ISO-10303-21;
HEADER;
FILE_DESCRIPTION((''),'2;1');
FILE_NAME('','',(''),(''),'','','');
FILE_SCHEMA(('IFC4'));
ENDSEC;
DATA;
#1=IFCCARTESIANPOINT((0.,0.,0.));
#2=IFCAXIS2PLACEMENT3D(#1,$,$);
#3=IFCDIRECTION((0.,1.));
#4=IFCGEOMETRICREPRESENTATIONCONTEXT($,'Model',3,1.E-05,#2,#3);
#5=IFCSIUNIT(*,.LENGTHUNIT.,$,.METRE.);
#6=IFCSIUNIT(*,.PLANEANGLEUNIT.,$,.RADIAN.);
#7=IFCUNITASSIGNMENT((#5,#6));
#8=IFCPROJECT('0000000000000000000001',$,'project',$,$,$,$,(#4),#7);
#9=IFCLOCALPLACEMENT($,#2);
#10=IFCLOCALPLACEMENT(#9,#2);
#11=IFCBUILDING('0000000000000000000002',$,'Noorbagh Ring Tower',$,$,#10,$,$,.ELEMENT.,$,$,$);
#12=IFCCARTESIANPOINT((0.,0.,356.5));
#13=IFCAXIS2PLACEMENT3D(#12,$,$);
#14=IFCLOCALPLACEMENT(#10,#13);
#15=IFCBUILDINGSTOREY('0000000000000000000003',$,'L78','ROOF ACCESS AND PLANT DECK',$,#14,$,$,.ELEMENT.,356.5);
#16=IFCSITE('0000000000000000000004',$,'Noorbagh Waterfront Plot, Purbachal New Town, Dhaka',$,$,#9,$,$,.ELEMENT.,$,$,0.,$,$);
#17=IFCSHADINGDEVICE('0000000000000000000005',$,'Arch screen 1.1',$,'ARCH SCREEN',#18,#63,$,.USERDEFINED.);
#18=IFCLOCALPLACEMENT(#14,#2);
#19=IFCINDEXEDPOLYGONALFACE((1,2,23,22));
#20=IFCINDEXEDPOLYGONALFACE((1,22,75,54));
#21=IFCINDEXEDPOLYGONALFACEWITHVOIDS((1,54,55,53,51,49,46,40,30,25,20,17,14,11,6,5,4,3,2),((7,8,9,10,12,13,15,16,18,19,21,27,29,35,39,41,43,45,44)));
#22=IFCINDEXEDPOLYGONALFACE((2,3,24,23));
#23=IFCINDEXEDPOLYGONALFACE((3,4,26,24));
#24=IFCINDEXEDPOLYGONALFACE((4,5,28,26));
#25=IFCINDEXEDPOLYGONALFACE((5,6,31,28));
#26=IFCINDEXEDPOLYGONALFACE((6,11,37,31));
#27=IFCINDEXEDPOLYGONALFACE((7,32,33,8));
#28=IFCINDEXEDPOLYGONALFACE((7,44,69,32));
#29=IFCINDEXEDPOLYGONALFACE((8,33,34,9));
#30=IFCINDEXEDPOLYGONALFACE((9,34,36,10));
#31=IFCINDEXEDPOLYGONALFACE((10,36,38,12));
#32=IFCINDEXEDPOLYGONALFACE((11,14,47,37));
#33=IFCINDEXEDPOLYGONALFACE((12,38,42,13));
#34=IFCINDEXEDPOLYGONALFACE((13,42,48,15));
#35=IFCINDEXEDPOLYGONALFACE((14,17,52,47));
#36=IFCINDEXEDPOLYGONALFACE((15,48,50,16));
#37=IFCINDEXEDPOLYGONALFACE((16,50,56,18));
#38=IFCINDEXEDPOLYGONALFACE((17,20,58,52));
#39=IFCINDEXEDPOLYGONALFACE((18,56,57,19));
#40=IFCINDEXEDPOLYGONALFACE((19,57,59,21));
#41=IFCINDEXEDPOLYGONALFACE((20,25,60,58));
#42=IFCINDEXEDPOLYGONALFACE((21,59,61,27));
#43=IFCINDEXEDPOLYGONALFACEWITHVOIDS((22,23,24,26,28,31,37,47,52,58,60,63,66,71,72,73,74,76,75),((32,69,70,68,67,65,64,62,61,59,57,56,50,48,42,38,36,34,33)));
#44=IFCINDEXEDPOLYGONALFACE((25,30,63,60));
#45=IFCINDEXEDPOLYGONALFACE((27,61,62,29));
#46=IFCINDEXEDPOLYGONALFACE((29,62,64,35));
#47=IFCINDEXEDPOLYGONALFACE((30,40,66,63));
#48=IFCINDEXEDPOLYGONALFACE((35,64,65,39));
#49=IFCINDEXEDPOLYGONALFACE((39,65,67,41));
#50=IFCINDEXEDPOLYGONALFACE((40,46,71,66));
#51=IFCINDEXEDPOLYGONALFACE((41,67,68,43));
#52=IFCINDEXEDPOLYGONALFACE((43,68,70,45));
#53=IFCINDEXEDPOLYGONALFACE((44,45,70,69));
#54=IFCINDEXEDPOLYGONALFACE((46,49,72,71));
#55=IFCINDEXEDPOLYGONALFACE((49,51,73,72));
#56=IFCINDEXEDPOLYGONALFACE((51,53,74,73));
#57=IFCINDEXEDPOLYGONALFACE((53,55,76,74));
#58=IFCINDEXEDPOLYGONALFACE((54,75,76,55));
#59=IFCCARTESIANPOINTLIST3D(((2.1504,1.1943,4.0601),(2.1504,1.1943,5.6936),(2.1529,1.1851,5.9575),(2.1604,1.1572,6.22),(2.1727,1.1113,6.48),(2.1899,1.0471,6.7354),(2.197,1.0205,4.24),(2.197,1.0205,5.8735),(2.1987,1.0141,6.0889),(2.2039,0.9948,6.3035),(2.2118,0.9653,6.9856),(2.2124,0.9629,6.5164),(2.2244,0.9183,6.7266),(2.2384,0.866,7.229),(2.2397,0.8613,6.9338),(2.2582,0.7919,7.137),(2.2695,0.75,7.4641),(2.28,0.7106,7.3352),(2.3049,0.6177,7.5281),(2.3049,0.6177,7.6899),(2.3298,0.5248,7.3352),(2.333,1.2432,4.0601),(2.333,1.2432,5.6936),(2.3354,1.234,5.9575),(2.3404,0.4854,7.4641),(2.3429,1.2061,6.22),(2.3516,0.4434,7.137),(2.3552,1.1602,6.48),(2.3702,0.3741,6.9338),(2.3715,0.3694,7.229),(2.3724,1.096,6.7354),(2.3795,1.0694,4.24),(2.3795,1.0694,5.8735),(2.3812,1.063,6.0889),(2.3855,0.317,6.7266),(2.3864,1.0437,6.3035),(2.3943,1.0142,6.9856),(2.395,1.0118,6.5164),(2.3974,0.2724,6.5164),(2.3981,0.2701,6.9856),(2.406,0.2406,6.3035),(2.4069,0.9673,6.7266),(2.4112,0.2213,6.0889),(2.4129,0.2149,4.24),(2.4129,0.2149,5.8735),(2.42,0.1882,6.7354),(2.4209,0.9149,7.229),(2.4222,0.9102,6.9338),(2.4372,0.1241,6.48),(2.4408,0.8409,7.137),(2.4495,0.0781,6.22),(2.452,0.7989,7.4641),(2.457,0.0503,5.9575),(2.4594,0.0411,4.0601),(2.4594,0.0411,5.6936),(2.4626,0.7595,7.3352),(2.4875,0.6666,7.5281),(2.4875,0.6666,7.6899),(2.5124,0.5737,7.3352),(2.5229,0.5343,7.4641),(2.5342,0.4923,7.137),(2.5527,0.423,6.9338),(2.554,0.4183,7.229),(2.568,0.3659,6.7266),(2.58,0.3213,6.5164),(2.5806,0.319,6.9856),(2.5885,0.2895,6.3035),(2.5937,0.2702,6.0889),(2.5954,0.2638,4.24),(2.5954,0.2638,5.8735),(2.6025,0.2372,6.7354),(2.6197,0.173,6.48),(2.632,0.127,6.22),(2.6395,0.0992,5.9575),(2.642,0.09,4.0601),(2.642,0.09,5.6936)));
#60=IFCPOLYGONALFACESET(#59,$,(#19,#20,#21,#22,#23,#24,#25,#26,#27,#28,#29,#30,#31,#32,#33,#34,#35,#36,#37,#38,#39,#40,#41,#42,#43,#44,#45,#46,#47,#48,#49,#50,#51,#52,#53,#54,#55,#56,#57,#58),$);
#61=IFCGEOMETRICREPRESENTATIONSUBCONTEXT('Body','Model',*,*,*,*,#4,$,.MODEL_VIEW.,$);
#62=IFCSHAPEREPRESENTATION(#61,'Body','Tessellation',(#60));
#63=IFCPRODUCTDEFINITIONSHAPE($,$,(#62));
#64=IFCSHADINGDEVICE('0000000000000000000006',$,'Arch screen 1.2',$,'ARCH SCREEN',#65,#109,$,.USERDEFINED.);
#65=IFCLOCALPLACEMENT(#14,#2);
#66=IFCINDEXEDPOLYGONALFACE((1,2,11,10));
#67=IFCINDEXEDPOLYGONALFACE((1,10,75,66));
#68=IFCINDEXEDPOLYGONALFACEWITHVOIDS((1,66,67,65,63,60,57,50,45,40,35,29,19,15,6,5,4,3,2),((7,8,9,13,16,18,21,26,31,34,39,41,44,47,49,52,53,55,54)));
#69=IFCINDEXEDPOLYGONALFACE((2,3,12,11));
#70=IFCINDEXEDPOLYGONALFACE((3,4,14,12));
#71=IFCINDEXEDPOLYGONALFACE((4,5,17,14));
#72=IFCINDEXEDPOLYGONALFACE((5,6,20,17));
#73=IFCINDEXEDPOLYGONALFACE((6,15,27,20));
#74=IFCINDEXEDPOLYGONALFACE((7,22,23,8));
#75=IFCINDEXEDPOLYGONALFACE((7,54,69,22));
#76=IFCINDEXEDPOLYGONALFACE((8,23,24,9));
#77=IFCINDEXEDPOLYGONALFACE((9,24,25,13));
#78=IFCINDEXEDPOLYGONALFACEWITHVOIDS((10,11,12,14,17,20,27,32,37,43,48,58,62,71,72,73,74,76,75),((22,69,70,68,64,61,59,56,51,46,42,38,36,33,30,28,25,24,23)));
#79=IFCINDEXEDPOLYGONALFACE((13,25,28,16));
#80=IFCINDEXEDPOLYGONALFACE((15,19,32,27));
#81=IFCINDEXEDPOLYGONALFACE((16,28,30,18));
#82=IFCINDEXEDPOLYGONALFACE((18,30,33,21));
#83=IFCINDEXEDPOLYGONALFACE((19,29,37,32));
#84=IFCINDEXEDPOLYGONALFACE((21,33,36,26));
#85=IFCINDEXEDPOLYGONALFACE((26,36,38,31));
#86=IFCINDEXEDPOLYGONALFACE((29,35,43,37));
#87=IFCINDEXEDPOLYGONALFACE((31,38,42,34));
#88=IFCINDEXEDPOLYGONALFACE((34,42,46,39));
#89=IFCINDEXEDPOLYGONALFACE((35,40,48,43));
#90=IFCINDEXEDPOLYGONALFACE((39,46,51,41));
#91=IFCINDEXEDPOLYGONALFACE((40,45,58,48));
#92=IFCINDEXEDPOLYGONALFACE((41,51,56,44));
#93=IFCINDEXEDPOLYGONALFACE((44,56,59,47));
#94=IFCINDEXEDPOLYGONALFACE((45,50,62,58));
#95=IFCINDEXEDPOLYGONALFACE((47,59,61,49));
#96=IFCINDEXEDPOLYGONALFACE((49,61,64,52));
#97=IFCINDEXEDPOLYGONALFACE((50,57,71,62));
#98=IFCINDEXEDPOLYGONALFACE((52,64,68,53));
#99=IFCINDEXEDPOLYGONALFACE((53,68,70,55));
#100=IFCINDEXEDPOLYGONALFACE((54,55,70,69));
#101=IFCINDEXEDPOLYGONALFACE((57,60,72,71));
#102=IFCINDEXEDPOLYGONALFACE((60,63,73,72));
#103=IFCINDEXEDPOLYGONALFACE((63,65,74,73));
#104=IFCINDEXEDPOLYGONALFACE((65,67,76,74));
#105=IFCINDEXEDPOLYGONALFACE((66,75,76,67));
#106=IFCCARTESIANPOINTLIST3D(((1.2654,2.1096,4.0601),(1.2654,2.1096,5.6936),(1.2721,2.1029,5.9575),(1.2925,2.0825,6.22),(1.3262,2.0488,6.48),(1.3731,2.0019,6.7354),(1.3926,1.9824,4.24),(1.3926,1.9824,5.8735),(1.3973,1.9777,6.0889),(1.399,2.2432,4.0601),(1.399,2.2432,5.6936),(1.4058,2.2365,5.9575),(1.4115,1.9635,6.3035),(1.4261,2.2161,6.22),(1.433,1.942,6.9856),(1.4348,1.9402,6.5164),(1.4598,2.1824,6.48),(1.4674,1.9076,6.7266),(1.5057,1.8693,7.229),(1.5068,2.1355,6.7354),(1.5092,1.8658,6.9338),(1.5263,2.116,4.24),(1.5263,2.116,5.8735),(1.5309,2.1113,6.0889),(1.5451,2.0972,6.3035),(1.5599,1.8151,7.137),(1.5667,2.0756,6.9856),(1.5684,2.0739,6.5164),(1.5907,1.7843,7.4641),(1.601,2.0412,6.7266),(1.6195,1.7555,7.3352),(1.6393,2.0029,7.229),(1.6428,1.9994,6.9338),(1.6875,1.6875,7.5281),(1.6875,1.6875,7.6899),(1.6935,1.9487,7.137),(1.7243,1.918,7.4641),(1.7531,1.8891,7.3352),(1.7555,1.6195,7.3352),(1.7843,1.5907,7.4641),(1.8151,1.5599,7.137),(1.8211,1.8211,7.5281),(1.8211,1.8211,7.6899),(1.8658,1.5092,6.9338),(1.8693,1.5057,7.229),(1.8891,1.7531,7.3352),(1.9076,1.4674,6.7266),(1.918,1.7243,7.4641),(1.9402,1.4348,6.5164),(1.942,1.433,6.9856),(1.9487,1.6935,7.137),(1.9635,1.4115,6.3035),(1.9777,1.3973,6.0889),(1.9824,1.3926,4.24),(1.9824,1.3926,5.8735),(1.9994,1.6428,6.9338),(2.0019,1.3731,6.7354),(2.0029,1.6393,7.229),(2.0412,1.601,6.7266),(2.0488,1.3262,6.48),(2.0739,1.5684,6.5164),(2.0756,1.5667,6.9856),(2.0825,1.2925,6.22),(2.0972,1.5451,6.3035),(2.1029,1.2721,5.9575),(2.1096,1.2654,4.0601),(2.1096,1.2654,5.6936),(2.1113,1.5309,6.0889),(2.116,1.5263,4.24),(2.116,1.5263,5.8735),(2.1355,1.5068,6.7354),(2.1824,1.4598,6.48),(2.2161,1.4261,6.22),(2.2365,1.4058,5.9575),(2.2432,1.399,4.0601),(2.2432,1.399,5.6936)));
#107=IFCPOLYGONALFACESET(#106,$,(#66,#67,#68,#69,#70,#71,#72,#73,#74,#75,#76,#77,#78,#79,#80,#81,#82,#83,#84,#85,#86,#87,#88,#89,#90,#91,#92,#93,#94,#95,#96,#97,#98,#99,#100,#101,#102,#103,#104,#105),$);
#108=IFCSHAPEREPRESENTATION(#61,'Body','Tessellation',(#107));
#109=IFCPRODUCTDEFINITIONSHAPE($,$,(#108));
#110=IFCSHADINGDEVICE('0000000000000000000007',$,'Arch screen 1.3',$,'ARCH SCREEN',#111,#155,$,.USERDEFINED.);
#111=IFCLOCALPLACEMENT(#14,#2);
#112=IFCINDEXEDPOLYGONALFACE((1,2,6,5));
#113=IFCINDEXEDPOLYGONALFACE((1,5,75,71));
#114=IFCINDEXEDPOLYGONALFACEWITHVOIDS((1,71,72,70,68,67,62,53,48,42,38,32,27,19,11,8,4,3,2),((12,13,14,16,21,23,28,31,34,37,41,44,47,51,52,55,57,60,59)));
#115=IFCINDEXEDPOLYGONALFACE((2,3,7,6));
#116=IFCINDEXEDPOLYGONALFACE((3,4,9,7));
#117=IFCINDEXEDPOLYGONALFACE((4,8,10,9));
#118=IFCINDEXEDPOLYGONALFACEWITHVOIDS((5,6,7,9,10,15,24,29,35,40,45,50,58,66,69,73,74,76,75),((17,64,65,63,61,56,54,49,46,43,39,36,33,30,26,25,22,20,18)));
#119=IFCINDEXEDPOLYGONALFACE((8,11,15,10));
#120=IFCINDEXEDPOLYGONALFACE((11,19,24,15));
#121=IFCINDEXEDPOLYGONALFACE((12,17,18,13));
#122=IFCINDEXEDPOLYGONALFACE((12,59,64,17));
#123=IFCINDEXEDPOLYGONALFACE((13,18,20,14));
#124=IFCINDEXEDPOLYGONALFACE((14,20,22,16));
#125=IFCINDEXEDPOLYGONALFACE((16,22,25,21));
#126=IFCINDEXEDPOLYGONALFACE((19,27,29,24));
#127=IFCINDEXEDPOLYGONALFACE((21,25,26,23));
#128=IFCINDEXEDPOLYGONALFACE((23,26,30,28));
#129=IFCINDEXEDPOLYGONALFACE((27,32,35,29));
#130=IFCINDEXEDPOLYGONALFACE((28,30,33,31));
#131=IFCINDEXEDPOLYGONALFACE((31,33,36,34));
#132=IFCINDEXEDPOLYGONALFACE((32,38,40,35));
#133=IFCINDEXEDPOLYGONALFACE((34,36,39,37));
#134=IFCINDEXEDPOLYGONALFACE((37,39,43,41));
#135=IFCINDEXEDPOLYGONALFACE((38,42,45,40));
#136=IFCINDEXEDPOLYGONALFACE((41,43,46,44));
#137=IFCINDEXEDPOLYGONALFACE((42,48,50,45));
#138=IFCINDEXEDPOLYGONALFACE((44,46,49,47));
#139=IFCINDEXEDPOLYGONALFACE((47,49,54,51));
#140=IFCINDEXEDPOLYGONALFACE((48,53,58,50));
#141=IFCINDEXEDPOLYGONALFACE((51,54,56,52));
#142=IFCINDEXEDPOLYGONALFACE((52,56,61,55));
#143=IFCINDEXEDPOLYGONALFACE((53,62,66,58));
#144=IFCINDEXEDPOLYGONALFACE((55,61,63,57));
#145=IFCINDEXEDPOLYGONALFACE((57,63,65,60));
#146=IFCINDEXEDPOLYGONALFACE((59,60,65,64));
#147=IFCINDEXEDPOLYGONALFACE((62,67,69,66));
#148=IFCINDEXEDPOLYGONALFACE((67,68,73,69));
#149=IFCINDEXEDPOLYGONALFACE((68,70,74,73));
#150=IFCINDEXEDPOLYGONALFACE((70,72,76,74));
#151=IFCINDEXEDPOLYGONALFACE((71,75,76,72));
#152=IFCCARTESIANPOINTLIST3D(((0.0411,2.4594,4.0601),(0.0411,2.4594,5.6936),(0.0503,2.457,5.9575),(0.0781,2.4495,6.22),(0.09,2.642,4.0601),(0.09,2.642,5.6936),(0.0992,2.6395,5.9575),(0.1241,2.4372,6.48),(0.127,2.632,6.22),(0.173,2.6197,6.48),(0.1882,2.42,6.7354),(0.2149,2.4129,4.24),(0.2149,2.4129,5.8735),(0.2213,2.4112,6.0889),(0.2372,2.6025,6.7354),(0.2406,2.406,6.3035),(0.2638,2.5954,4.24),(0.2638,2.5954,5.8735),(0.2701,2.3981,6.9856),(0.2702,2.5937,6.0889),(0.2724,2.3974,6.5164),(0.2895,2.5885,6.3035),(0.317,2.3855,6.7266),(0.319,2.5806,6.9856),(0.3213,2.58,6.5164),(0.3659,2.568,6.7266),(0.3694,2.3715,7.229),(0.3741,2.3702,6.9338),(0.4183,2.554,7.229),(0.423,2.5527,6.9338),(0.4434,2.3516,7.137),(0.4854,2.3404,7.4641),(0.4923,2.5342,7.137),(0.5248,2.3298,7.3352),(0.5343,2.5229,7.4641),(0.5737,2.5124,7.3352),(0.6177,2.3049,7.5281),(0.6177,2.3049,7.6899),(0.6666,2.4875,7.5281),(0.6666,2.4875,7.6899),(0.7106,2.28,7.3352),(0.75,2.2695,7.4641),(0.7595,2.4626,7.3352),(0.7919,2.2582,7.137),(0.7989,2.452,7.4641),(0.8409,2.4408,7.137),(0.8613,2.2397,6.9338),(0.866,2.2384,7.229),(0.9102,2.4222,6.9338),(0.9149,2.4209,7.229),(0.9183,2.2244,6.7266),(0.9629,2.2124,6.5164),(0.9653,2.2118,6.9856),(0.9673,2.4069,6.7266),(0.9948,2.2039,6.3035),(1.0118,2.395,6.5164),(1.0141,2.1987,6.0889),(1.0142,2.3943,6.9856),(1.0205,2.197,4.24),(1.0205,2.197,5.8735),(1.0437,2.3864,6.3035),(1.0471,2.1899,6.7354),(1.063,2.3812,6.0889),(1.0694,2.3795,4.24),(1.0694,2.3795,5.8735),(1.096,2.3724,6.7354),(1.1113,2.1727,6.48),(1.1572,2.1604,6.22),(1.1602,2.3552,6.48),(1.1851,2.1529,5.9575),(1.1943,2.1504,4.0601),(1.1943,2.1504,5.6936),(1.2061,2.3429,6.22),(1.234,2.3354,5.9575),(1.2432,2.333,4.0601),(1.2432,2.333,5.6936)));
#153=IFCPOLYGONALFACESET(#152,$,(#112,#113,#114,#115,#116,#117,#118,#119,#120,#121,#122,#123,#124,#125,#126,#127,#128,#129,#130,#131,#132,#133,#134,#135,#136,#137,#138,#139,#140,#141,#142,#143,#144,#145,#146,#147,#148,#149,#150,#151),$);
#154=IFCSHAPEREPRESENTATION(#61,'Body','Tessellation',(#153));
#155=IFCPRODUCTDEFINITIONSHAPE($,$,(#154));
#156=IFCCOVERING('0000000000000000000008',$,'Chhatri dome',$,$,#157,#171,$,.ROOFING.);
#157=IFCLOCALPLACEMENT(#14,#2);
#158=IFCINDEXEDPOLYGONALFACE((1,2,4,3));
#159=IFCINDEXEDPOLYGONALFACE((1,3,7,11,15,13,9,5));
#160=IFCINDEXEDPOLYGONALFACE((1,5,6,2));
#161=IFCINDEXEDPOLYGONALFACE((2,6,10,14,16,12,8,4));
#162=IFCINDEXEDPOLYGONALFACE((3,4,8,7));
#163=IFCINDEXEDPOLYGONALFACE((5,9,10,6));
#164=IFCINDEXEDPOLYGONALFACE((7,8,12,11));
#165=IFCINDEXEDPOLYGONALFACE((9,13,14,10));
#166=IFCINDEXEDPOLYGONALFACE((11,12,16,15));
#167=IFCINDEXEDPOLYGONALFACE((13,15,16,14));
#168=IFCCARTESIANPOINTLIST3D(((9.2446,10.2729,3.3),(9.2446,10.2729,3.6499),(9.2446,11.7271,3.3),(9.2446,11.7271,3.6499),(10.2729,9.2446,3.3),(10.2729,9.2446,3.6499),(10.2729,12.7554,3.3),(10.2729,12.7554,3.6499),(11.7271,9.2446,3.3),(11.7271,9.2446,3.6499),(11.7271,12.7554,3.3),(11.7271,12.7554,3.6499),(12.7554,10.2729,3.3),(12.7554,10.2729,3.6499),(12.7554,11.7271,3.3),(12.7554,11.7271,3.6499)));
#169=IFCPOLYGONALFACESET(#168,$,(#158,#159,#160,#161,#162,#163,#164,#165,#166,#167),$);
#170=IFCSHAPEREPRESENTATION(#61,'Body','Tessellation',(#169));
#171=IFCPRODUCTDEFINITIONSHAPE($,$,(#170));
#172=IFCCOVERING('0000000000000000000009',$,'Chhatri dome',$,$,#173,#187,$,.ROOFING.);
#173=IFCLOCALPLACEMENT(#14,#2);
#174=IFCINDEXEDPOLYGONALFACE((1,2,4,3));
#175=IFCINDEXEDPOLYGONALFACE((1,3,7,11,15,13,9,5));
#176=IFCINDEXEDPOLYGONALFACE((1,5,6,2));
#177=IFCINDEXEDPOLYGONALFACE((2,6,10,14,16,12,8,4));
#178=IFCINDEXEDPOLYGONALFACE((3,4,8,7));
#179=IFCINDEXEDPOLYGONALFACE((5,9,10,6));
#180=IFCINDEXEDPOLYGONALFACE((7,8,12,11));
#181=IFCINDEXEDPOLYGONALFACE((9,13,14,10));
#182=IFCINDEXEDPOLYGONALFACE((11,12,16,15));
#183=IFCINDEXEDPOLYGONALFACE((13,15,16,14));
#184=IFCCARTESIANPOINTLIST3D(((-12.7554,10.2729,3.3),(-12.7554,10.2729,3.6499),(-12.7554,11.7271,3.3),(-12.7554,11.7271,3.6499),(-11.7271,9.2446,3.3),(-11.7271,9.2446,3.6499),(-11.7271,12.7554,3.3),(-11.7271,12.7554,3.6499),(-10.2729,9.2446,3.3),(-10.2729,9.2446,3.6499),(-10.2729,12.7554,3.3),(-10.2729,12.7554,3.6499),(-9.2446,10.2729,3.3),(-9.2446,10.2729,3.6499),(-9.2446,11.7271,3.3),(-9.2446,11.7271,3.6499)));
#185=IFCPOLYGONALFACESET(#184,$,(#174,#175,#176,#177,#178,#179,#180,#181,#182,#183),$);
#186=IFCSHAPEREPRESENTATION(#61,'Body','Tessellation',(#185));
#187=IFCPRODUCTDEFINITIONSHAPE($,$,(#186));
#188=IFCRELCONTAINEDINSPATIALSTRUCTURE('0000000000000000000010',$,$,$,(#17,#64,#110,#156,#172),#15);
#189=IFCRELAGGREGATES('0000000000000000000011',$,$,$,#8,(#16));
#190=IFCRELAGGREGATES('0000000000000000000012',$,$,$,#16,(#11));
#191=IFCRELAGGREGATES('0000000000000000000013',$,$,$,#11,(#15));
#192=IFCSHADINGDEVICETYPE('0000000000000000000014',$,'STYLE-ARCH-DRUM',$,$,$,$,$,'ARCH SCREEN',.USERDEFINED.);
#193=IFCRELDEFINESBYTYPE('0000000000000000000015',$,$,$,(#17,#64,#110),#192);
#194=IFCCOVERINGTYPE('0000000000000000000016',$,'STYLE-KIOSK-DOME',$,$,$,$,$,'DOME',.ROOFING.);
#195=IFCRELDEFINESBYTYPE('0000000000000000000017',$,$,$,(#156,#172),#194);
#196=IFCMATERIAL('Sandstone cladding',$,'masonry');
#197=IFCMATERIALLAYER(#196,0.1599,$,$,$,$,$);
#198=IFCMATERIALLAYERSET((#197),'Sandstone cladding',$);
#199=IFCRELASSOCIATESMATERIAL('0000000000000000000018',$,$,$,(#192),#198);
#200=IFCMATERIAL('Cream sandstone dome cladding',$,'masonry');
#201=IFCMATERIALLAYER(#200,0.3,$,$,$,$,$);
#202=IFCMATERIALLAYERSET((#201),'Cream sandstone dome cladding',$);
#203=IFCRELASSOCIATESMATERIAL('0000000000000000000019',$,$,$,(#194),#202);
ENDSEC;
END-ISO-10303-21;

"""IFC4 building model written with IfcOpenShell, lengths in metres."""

from ifc_helpers import new_model, si_unit, direction, frame, origin, place, context, subcontext, project, spatial, polyline, outline, extrude, material, layer, layer_set, type_object, element, save


model = new_model("IFC4")

# Units and contexts
model_context = context("Model", 3, precision=1e-05, world=origin(), true_north=direction((0.0, 1.0)))
body_context = subcontext(model_context, "Body", "Model", "MODEL_VIEW")
ifc_project = project(units=[si_unit("LENGTHUNIT", "METRE"), si_unit("PLANEANGLEUNIT", "RADIAN")], contexts=[model_context])

# Site, building, storey
site_placement = place(None, origin())
site = spatial("IfcSite", under=ifc_project, at=site_placement, Name="Noorbagh Waterfront Plot, Purbachal New Town, Dhaka", CompositionType="ELEMENT", RefElevation=0.0)
building_placement = place(site_placement, origin())
building = spatial("IfcBuilding", under=site, at=building_placement, Name="Noorbagh Ring Tower", CompositionType="ELEMENT")
storey_placement = place(building_placement, frame((0.0, 0.0, 356.5)))
storey = spatial("IfcBuildingStorey", under=building, at=storey_placement, Name="L78", Description="ROOF ACCESS AND PLANT DECK", CompositionType="ELEMENT", Elevation=356.5)

# Shading devices
ifc_material_1 = material(Name="Sandstone cladding", Category="masonry")
ifc_layer_1 = layer(ifc_material_1, 0.1599)
ifc_layer_set_1 = layer_set([ifc_layer_1], Name="Sandstone cladding")
shading_device_type = type_object("IfcShadingDeviceType", Name="STYLE-ARCH-DRUM", ElementType="ARCH SCREEN", PredefinedType="USERDEFINED", material=ifc_layer_set_1)
for number, where, z_axis, x_axis, name in (
    (1, (2.3049, 0.6177, 4.0601), (0.965926, 0.258819, 0.0), (-0.258819, 0.965926, 0.0), "Arch screen 1.1"),
    (2, (1.6875, 1.6875, 4.0601), (0.707107, 0.707107, 0.0), (-0.707107, 0.707107, 0.0), "Arch screen 1.2"),
    (3, (0.6177, 2.3049, 4.0601), (0.258819, 0.965926, 0.0), (-0.965926, 0.258819, 0.0), "Arch screen 1.3"),
):
    element("IfcShadingDevice", number, at=place(storey_placement, frame(where, z_axis=z_axis, x_axis=x_axis)), inside=storey, type_object=shading_device_type, Name=name, ObjectType="ARCH SCREEN", PredefinedType="USERDEFINED", context=body_context, shape_type="SweptSolid", body=[
        extrude(outline(polyline([(-0.5969, 0.0), (0.5969, 0.0), (0.5969, 1.6335), (0.5874, 1.8975), (0.5586, 2.1599), (0.511, 2.4199), (0.4446, 2.6753), (0.3599, 2.9255), (0.2571, 3.1689), (0.137, 3.4041), (0.0, 3.6299), (-0.137, 3.4041), (-0.2571, 3.1689), (-0.3599, 2.9255), (-0.4446, 2.6753), (-0.511, 2.4199), (-0.5586, 2.1599), (-0.5874, 1.8975), (-0.5969, 1.6335), (-0.5969, 0.0)]), holes=[polyline([(-0.417, 0.1799), (0.417, 0.1799), (0.417, 1.8135), (0.4104, 2.0288), (0.3904, 2.2434), (0.3574, 2.4563), (0.3113, 2.6665), (0.2522, 2.8738), (0.1804, 3.0769), (0.0962, 3.2751), (0.0, 3.468), (-0.0962, 3.2751), (-0.1804, 3.0769), (-0.2522, 2.8738), (-0.3113, 2.6665), (-0.3574, 2.4563), (-0.3904, 2.2434), (-0.4104, 2.0288), (-0.417, 1.8135), (-0.417, 0.1799)])]), origin(), (0.0, 0.0, 1.0), 0.189),
    ])

# Coverings
ifc_material_2 = material(Name="Cream sandstone dome cladding", Category="masonry")
ifc_layer_2 = layer(ifc_material_2, 0.3)
ifc_layer_set_2 = layer_set([ifc_layer_2], Name="Cream sandstone dome cladding")
covering_type_1 = type_object("IfcCoveringType", Name="STYLE-KIOSK-DOME", ElementType="DOME", PredefinedType="ROOFING", material=ifc_layer_set_2)
covering_1_placement = place(storey_placement, frame((0.0, 0.0, 3.3)))
element("IfcCovering", 4, at=covering_1_placement, inside=storey, type_object=covering_type_1, Name="Chhatri dome", PredefinedType="ROOFING", context=body_context, shape_type="SweptSolid", body=[
    extrude(outline(polyline([(12.7554, 11.7271), (11.7271, 12.7554), (10.2729, 12.7554), (9.2446, 11.7271), (9.2446, 10.2729), (10.2729, 9.2446), (11.7271, 9.2446), (12.7554, 10.2729), (12.7554, 11.7271)])), origin(), (0.0, 0.0, 1.0), 0.3499),
])
covering_2_placement = place(storey_placement, frame((0.0, 0.0, 3.3)))
element("IfcCovering", 5, at=covering_2_placement, inside=storey, type_object=covering_type_1, Name="Chhatri dome", PredefinedType="ROOFING", context=body_context, shape_type="SweptSolid", body=[
    extrude(outline(polyline([(-9.2446, 11.7271), (-10.2729, 12.7554), (-11.7271, 12.7554), (-12.7554, 11.7271), (-12.7554, 10.2729), (-11.7271, 9.2446), (-10.2729, 9.2446), (-9.2446, 10.2729), (-9.2446, 11.7271)])), origin(), (0.0, 0.0, 1.0), 0.3499),
])

save(model, "model.ifc")
